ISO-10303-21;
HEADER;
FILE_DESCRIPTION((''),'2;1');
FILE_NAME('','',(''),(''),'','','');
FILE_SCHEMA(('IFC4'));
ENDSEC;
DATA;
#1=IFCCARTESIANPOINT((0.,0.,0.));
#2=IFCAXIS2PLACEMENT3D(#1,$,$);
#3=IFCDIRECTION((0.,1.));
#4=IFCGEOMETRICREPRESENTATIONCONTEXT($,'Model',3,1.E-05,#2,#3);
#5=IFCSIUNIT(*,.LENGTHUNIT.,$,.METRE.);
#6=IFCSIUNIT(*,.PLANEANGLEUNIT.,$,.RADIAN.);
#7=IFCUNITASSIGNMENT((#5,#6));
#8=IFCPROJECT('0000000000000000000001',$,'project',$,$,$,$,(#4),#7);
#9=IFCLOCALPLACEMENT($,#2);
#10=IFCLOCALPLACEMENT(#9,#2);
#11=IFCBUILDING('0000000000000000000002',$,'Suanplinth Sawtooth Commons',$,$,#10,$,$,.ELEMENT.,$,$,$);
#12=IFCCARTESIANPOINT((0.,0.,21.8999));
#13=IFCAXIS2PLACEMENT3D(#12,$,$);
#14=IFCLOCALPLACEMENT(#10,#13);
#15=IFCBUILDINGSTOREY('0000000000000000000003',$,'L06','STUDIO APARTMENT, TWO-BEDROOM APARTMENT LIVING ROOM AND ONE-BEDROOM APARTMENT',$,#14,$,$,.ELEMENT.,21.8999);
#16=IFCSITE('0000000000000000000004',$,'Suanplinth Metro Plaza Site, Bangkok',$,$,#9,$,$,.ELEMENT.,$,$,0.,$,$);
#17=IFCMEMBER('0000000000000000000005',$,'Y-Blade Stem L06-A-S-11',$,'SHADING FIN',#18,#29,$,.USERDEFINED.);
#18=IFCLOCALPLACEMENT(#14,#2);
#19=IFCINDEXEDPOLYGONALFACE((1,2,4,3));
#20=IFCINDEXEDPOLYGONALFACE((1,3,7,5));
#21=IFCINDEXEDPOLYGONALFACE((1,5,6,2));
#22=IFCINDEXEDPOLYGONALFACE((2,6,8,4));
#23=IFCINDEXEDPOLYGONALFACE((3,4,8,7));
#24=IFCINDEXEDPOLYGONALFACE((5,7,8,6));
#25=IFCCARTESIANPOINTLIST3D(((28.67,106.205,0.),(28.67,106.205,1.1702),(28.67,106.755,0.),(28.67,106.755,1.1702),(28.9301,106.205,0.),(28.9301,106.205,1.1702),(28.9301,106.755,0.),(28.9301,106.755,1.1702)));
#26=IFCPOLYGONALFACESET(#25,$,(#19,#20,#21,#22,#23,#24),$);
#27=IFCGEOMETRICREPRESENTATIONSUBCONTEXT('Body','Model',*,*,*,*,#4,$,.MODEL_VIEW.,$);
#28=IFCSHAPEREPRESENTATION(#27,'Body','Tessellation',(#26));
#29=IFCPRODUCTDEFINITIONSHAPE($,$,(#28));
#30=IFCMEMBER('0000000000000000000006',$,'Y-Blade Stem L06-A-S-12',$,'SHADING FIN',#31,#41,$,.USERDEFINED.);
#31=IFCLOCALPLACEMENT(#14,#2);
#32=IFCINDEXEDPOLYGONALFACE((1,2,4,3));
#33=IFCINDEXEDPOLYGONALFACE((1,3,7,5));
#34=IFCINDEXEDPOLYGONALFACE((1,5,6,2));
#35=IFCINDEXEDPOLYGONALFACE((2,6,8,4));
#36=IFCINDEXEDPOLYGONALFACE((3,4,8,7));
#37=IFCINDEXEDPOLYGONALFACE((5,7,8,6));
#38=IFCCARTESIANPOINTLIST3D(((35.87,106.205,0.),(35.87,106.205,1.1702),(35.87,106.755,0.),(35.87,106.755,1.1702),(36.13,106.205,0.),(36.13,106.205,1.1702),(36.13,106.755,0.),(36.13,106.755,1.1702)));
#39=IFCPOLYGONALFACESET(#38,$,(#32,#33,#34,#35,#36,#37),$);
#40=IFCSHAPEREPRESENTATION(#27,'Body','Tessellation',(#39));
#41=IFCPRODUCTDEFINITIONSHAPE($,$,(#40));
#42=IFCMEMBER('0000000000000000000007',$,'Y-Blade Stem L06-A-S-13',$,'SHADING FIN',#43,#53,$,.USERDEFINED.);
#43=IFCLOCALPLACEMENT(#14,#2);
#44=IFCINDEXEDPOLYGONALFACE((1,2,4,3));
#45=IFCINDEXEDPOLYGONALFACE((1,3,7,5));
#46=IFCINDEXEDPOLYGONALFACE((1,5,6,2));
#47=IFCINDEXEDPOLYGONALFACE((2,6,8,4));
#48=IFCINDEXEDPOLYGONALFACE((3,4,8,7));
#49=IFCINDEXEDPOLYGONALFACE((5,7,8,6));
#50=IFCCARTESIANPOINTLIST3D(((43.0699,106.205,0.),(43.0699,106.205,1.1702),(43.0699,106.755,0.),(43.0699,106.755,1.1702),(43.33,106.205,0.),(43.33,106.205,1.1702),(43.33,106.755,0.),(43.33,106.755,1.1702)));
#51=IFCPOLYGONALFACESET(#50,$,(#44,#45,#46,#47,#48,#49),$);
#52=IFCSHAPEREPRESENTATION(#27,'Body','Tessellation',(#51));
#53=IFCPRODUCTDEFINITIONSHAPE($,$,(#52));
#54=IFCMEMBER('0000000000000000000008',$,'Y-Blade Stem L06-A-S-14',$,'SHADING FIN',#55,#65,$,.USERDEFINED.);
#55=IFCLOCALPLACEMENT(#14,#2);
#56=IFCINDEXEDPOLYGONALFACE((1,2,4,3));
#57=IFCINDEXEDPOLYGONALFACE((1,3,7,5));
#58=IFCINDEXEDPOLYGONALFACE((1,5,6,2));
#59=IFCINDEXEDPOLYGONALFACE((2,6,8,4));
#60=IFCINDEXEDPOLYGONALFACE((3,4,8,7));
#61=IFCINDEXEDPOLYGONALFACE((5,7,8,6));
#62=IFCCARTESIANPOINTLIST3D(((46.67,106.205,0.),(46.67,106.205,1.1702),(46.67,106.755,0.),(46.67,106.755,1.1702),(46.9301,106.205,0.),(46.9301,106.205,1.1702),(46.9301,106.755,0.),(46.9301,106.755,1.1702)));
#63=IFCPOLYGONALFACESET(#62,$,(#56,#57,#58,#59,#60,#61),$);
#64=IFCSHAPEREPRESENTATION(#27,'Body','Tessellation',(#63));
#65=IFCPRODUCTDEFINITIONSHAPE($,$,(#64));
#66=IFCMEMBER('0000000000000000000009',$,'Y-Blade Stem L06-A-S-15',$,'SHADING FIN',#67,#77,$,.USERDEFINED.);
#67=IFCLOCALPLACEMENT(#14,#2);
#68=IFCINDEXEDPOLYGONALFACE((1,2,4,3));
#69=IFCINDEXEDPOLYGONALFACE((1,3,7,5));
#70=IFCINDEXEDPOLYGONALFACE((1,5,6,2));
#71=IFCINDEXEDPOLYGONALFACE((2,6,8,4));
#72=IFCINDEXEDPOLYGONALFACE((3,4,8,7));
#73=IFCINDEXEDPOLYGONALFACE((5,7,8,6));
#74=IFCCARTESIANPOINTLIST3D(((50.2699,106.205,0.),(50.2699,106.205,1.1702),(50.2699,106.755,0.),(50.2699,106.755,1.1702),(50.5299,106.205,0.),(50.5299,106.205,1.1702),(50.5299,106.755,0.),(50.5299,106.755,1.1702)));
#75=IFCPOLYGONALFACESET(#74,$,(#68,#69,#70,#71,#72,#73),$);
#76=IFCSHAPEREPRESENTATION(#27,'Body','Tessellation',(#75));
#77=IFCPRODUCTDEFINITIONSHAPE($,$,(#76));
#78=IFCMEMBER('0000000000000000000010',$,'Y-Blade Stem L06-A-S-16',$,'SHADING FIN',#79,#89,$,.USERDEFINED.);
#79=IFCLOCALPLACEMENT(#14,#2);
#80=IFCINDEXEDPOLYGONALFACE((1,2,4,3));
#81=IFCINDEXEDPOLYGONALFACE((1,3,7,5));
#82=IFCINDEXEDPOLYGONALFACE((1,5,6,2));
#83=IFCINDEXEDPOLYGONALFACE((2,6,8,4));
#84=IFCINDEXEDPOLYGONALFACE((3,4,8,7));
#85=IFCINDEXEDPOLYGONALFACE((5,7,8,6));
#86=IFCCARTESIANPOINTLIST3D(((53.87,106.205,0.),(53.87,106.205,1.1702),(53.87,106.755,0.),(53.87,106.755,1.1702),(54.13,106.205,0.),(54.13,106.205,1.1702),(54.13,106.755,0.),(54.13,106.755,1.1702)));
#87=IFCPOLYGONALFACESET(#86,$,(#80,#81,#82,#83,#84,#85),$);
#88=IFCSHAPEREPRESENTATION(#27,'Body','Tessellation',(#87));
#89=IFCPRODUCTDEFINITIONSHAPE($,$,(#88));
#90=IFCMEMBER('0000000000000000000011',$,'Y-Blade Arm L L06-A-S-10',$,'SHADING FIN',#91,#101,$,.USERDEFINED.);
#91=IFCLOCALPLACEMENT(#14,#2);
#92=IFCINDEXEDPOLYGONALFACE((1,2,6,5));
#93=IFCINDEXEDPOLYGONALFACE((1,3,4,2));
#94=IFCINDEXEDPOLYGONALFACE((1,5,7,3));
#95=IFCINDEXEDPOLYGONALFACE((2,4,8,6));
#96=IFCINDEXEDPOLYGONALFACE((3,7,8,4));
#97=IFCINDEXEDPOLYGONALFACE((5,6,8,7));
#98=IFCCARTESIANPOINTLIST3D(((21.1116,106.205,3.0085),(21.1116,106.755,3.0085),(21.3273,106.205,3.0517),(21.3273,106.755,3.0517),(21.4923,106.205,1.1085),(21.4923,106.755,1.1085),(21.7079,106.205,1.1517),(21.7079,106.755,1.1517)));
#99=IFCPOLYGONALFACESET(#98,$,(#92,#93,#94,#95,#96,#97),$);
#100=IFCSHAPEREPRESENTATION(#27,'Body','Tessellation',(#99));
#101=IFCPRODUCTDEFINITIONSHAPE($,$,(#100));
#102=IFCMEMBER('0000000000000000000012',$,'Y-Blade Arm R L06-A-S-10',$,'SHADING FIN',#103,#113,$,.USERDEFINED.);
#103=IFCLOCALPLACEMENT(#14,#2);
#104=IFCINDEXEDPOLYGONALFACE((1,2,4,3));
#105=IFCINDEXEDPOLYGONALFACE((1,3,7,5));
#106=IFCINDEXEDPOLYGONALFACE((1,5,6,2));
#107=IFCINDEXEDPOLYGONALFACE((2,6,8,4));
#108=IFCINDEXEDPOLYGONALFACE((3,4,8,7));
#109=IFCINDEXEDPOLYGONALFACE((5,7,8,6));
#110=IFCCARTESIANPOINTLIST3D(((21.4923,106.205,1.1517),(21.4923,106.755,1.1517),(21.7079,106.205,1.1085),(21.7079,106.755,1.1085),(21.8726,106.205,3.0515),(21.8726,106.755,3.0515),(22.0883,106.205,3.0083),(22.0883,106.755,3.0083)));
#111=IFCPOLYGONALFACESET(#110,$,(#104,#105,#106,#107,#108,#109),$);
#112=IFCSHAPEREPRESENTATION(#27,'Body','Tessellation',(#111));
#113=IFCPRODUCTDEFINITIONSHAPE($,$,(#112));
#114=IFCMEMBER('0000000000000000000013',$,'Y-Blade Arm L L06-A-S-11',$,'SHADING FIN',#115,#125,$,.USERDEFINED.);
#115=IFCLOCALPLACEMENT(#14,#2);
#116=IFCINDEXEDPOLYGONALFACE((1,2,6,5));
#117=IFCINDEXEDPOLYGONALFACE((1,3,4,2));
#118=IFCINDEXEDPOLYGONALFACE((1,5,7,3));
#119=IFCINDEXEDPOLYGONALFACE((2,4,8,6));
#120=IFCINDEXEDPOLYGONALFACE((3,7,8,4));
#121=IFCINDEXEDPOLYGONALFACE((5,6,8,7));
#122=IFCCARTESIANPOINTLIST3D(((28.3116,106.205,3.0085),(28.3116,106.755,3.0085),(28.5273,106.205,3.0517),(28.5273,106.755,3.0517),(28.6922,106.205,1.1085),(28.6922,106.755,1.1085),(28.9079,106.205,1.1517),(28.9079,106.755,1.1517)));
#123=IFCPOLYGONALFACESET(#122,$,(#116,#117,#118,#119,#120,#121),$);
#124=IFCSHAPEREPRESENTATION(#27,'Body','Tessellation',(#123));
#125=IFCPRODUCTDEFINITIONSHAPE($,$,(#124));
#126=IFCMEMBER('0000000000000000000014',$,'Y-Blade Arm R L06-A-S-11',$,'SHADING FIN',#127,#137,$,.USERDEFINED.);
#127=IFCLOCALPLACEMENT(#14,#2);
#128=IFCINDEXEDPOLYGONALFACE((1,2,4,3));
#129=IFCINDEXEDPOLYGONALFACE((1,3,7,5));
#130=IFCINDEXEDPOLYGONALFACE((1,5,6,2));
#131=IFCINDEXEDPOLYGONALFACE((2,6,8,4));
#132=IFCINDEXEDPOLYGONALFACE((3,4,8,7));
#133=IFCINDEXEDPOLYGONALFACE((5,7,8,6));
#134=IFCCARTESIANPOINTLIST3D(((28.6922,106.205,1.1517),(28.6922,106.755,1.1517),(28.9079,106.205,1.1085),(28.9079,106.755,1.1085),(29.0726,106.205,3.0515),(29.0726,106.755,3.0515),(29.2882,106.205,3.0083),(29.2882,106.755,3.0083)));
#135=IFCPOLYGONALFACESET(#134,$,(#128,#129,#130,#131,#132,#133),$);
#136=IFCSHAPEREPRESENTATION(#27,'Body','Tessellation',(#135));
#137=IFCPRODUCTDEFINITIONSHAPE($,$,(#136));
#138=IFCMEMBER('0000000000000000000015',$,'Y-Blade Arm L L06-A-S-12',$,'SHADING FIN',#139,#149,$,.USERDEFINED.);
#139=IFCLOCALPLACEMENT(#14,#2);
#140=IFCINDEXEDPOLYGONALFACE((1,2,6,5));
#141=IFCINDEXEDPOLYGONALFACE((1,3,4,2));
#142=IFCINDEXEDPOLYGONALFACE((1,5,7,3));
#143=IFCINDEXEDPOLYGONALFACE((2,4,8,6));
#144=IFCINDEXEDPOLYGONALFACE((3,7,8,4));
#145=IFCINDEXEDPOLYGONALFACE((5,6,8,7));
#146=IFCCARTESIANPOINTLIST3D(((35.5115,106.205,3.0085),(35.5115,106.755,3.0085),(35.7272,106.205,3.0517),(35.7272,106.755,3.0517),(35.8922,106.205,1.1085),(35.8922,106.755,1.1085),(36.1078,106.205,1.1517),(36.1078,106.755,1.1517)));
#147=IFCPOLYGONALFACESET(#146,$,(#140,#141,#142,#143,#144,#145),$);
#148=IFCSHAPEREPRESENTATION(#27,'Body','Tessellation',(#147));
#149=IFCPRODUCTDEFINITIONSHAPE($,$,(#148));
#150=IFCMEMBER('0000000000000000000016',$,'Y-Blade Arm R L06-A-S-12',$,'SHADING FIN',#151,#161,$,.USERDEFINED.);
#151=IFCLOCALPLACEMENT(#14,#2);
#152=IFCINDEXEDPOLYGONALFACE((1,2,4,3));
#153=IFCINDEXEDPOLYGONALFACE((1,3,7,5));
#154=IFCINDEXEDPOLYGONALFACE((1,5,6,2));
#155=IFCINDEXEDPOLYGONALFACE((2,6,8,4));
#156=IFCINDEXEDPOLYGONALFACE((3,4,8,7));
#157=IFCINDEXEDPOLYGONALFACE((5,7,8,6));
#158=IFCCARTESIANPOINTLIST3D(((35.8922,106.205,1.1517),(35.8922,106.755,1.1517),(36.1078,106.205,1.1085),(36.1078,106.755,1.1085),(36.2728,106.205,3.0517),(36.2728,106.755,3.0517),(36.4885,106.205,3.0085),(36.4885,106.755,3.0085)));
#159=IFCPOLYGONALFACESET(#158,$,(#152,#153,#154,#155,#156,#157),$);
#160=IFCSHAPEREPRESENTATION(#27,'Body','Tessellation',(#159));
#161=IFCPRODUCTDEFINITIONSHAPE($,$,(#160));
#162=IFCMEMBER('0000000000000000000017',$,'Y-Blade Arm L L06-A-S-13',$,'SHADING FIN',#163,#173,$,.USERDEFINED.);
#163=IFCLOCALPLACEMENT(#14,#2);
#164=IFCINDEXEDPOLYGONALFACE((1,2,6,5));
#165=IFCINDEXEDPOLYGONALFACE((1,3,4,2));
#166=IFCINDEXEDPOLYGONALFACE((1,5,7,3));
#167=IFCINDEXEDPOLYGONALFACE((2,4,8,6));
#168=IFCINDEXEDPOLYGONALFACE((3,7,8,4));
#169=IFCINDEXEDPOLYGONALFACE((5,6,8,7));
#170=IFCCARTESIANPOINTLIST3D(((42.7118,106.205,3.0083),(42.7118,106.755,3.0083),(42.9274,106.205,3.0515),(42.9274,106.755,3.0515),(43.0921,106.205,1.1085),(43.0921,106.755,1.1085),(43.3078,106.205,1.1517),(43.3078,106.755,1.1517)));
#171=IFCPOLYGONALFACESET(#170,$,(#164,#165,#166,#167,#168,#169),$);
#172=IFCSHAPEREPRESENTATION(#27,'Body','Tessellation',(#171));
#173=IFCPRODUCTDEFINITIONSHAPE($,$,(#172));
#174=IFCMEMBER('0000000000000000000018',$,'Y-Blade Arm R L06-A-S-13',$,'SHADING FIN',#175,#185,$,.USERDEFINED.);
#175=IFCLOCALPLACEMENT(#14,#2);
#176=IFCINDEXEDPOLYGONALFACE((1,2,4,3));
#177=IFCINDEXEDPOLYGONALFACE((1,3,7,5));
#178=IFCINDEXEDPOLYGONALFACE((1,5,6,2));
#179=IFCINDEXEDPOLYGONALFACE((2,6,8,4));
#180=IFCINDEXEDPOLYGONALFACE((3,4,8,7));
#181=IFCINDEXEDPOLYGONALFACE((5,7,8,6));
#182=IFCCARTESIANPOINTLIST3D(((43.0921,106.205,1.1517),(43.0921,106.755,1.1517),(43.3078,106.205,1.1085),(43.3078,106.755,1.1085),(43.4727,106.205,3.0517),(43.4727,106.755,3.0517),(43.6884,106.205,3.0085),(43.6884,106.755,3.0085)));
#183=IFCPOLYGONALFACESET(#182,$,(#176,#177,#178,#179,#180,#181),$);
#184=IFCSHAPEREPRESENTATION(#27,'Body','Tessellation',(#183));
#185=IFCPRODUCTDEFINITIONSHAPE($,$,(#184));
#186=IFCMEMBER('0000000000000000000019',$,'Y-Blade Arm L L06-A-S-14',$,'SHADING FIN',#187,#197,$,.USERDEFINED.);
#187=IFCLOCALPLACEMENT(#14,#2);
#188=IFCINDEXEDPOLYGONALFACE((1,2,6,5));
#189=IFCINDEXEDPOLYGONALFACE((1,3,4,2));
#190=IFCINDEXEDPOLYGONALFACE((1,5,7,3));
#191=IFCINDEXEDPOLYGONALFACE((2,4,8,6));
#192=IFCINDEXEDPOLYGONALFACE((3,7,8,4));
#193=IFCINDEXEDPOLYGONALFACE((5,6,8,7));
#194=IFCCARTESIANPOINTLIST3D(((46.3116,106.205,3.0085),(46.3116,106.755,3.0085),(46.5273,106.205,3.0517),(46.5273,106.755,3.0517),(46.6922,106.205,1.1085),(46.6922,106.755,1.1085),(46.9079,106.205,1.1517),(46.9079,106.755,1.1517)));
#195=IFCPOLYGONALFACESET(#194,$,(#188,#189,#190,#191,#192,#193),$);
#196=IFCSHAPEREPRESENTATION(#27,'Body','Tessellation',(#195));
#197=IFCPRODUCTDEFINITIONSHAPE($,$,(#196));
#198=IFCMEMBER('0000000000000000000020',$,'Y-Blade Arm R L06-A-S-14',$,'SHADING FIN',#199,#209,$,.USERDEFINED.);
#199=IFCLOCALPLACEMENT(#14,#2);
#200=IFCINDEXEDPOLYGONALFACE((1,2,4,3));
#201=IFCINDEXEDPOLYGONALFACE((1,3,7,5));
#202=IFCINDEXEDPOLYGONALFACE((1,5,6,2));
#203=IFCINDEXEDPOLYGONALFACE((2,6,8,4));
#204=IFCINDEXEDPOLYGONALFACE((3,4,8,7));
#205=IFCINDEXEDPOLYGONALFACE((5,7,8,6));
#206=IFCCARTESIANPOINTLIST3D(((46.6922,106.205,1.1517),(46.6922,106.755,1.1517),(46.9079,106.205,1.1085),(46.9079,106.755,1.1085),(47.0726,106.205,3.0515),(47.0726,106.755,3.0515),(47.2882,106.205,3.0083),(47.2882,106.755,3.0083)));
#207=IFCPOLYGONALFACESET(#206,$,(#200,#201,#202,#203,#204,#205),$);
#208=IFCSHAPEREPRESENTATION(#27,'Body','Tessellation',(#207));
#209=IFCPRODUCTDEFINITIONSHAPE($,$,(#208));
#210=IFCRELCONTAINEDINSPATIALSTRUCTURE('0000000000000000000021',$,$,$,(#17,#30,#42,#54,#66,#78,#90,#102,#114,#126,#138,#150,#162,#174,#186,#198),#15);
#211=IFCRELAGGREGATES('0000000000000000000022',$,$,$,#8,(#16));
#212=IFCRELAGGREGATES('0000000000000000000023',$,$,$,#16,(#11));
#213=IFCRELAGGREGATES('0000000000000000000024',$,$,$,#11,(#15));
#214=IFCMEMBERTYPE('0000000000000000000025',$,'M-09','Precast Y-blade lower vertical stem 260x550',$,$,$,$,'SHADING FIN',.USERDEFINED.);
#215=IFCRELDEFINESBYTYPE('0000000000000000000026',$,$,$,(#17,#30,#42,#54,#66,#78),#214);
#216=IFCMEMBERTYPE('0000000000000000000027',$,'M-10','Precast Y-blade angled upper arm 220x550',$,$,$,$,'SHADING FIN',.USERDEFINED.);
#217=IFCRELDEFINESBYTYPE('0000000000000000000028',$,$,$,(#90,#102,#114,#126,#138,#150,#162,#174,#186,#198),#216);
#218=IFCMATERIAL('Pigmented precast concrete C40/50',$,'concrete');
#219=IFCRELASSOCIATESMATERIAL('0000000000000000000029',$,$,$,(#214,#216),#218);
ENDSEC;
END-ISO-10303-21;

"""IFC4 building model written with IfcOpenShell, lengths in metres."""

from ifc_helpers import new_model, si_unit, direction, frame, origin, origin_2d, place, context, subcontext, project, spatial, rectangle, extrude, material, material_profile, profile_set, type_object, element, save


model = new_model("IFC4")

# Units and contexts
model_context = context("Model", 3, precision=1e-05, world=origin(), true_north=direction((0.0, 1.0)))
body_context = subcontext(model_context, "Body", "Model", "MODEL_VIEW")
ifc_project = project(units=[si_unit("LENGTHUNIT", "METRE"), si_unit("PLANEANGLEUNIT", "RADIAN")], contexts=[model_context])

# Site, building, storey
site_placement = place(None, origin())
site = spatial("IfcSite", under=ifc_project, at=site_placement, Name="Suanplinth Metro Plaza Site, Bangkok", CompositionType="ELEMENT", RefElevation=0.0)
building_placement = place(site_placement, origin())
building = spatial("IfcBuilding", under=site, at=building_placement, Name="Suanplinth Sawtooth Commons", CompositionType="ELEMENT")
storey_placement = place(building_placement, frame((0.0, 0.0, 21.8999)))
storey = spatial("IfcBuildingStorey", under=building, at=storey_placement, Name="L06", Description="STUDIO APARTMENT, TWO-BEDROOM APARTMENT LIVING ROOM AND ONE-BEDROOM APARTMENT", CompositionType="ELEMENT", Elevation=21.8999)

# Members
ifc_material = material(Name="Pigmented precast concrete C40/50", Category="concrete")
ifc_material_profile_1 = material_profile(ifc_material, rectangle(XDim=0.26, YDim=0.55, at=origin_2d()), Name="PC-FIN 260x550")
ifc_profile_set_1 = profile_set([ifc_material_profile_1], Name="Pigmented precast concrete C40/50")
member_type_1 = type_object("IfcMemberType", Name="M-09", Description="Precast Y-blade lower vertical stem 260x550", ElementType="SHADING FIN", PredefinedType="USERDEFINED", material=ifc_profile_set_1)
for number, where, z_axis, x_axis, name in (
    (1, (28.8, 106.48, 0.0), (0.0, 0.0, 1.0), (1.0, 0.0, 0.0), "Y-Blade Stem L06-A-S-11"),
    (2, (36.0, 106.48, 0.0), (0.0, 0.0, 1.0), (1.0, 0.0, 0.0), "Y-Blade Stem L06-A-S-12"),
    (3, (43.2, 106.48, 0.0), (0.0, 0.0, 1.0), (1.0, 0.0, 0.0), "Y-Blade Stem L06-A-S-13"),
    (4, (46.8, 106.48, 0.0), (0.0, 0.0, 1.0), (1.0, 0.0, 0.0), "Y-Blade Stem L06-A-S-14"),
    (5, (50.3999, 106.48, 0.0), (0.0, 0.0, 1.0), (1.0, 0.0, 0.0), "Y-Blade Stem L06-A-S-15"),
    (6, (54.0, 106.48, 0.0), (0.0, 0.0, 1.0), (1.0, 0.0, 0.0), "Y-Blade Stem L06-A-S-16"),
):
    element("IfcMember", number, at=place(storey_placement, frame(where, z_axis=z_axis, x_axis=x_axis)), inside=storey, type_object=member_type_1, Name=name, ObjectType="SHADING FIN", PredefinedType="USERDEFINED", context=body_context, shape_type="SweptSolid", body=[
        extrude(rectangle(XDim=0.26, YDim=0.55, at=origin_2d()), origin(), (0.0, 0.0, 1.0), 1.1702),
    ])
ifc_material_profile_2 = material_profile(ifc_material, rectangle(XDim=0.22, YDim=0.55, at=origin_2d()), Name="PC-FIN 220x550")
ifc_profile_set_2 = profile_set([ifc_material_profile_2], Name="Pigmented precast concrete C40/50")
member_type_2 = type_object("IfcMemberType", Name="M-10", Description="Precast Y-blade angled upper arm 220x550", ElementType="SHADING FIN", PredefinedType="USERDEFINED", material=ifc_profile_set_2)
member_1_placement = place(storey_placement, frame((21.6001, 106.48, 1.1301), z_axis=(-0.196431, 0.0, 0.980518), x_axis=(0.980518, 0.0, 0.196431)))
element("IfcMember", 7, at=member_1_placement, inside=storey, type_object=member_type_2, Name="Y-Blade Arm L L06-A-S-10", ObjectType="SHADING FIN", PredefinedType="USERDEFINED", context=body_context, shape_type="SweptSolid", body=[
    extrude(rectangle(XDim=0.22, YDim=0.55, at=origin_2d()), origin(), (0.0, 0.0, 1.0), 1.9377),
])
member_2_placement = place(storey_placement, frame((21.6001, 106.48, 1.1301), z_axis=(0.19631, 0.0, 0.980542), x_axis=(-0.980542, 0.0, 0.19631)))
element("IfcMember", 8, at=member_2_placement, inside=storey, type_object=member_type_2, Name="Y-Blade Arm R L06-A-S-10", ObjectType="SHADING FIN", PredefinedType="USERDEFINED", context=body_context, shape_type="SweptSolid", body=[
    extrude(rectangle(XDim=0.22, YDim=0.55, at=origin_2d()), origin(), (0.0, 0.0, 1.0), 1.9375),
])
member_3_placement = place(storey_placement, frame((28.8, 106.48, 1.1301), z_axis=(-0.196431, 0.0, 0.980518), x_axis=(0.980518, 0.0, 0.196431)))
element("IfcMember", 9, at=member_3_placement, inside=storey, type_object=member_type_2, Name="Y-Blade Arm L L06-A-S-11", ObjectType="SHADING FIN", PredefinedType="USERDEFINED", context=body_context, shape_type="SweptSolid", body=[
    extrude(rectangle(XDim=0.22, YDim=0.55, at=origin_2d()), origin(), (0.0, 0.0, 1.0), 1.9377),
])
member_4_placement = place(storey_placement, frame((28.8, 106.48, 1.1301), z_axis=(0.19631, 0.0, 0.980542), x_axis=(-0.980542, 0.0, 0.19631)))
element("IfcMember", 10, at=member_4_placement, inside=storey, type_object=member_type_2, Name="Y-Blade Arm R L06-A-S-11", ObjectType="SHADING FIN", PredefinedType="USERDEFINED", context=body_context, shape_type="SweptSolid", body=[
    extrude(rectangle(XDim=0.22, YDim=0.55, at=origin_2d()), origin(), (0.0, 0.0, 1.0), 1.9375),
])
for number, where, z_axis, x_axis, name in (
    (11, (36.0, 106.48, 1.1301), (-0.196431, 0.0, 0.980518), (0.980518, 0.0, 0.196431), "Y-Blade Arm L L06-A-S-12"),
    (12, (36.0, 106.48, 1.1301), (0.196431, 0.0, 0.980518), (-0.980518, 0.0, 0.196431), "Y-Blade Arm R L06-A-S-12"),
):
    element("IfcMember", number, at=place(storey_placement, frame(where, z_axis=z_axis, x_axis=x_axis)), inside=storey, type_object=member_type_2, Name=name, ObjectType="SHADING FIN", PredefinedType="USERDEFINED", context=body_context, shape_type="SweptSolid", body=[
        extrude(rectangle(XDim=0.22, YDim=0.55, at=origin_2d()), origin(), (0.0, 0.0, 1.0), 1.9377),
    ])
member_5_placement = place(storey_placement, frame((43.2, 106.48, 1.1301), z_axis=(-0.19631, 0.0, 0.980542), x_axis=(0.980542, 0.0, 0.19631)))
element("IfcMember", 13, at=member_5_placement, inside=storey, type_object=member_type_2, Name="Y-Blade Arm L L06-A-S-13", ObjectType="SHADING FIN", PredefinedType="USERDEFINED", context=body_context, shape_type="SweptSolid", body=[
    extrude(rectangle(XDim=0.22, YDim=0.55, at=origin_2d()), origin(), (0.0, 0.0, 1.0), 1.9375),
])
for number, where, z_axis, x_axis, name in (
    (14, (43.2, 106.48, 1.1301), (0.196431, 0.0, 0.980518), (-0.980518, 0.0, 0.196431), "Y-Blade Arm R L06-A-S-13"),
    (15, (46.8, 106.48, 1.1301), (-0.196431, 0.0, 0.980518), (0.980518, 0.0, 0.196431), "Y-Blade Arm L L06-A-S-14"),
):
    element("IfcMember", number, at=place(storey_placement, frame(where, z_axis=z_axis, x_axis=x_axis)), inside=storey, type_object=member_type_2, Name=name, ObjectType="SHADING FIN", PredefinedType="USERDEFINED", context=body_context, shape_type="SweptSolid", body=[
        extrude(rectangle(XDim=0.22, YDim=0.55, at=origin_2d()), origin(), (0.0, 0.0, 1.0), 1.9377),
    ])
for number, where, z_axis, x_axis, name in (
    (16, (46.8, 106.48, 1.1301), (0.19631, 0.0, 0.980542), (-0.980542, 0.0, 0.19631), "Y-Blade Arm R L06-A-S-14"),
):
    element("IfcMember", number, at=place(storey_placement, frame(where, z_axis=z_axis, x_axis=x_axis)), inside=storey, type_object=member_type_2, Name=name, ObjectType="SHADING FIN", PredefinedType="USERDEFINED", context=body_context, shape_type="SweptSolid", body=[
        extrude(rectangle(XDim=0.22, YDim=0.55, at=origin_2d()), origin(), (0.0, 0.0, 1.0), 1.9375),
    ])

save(model, "model.ifc")
